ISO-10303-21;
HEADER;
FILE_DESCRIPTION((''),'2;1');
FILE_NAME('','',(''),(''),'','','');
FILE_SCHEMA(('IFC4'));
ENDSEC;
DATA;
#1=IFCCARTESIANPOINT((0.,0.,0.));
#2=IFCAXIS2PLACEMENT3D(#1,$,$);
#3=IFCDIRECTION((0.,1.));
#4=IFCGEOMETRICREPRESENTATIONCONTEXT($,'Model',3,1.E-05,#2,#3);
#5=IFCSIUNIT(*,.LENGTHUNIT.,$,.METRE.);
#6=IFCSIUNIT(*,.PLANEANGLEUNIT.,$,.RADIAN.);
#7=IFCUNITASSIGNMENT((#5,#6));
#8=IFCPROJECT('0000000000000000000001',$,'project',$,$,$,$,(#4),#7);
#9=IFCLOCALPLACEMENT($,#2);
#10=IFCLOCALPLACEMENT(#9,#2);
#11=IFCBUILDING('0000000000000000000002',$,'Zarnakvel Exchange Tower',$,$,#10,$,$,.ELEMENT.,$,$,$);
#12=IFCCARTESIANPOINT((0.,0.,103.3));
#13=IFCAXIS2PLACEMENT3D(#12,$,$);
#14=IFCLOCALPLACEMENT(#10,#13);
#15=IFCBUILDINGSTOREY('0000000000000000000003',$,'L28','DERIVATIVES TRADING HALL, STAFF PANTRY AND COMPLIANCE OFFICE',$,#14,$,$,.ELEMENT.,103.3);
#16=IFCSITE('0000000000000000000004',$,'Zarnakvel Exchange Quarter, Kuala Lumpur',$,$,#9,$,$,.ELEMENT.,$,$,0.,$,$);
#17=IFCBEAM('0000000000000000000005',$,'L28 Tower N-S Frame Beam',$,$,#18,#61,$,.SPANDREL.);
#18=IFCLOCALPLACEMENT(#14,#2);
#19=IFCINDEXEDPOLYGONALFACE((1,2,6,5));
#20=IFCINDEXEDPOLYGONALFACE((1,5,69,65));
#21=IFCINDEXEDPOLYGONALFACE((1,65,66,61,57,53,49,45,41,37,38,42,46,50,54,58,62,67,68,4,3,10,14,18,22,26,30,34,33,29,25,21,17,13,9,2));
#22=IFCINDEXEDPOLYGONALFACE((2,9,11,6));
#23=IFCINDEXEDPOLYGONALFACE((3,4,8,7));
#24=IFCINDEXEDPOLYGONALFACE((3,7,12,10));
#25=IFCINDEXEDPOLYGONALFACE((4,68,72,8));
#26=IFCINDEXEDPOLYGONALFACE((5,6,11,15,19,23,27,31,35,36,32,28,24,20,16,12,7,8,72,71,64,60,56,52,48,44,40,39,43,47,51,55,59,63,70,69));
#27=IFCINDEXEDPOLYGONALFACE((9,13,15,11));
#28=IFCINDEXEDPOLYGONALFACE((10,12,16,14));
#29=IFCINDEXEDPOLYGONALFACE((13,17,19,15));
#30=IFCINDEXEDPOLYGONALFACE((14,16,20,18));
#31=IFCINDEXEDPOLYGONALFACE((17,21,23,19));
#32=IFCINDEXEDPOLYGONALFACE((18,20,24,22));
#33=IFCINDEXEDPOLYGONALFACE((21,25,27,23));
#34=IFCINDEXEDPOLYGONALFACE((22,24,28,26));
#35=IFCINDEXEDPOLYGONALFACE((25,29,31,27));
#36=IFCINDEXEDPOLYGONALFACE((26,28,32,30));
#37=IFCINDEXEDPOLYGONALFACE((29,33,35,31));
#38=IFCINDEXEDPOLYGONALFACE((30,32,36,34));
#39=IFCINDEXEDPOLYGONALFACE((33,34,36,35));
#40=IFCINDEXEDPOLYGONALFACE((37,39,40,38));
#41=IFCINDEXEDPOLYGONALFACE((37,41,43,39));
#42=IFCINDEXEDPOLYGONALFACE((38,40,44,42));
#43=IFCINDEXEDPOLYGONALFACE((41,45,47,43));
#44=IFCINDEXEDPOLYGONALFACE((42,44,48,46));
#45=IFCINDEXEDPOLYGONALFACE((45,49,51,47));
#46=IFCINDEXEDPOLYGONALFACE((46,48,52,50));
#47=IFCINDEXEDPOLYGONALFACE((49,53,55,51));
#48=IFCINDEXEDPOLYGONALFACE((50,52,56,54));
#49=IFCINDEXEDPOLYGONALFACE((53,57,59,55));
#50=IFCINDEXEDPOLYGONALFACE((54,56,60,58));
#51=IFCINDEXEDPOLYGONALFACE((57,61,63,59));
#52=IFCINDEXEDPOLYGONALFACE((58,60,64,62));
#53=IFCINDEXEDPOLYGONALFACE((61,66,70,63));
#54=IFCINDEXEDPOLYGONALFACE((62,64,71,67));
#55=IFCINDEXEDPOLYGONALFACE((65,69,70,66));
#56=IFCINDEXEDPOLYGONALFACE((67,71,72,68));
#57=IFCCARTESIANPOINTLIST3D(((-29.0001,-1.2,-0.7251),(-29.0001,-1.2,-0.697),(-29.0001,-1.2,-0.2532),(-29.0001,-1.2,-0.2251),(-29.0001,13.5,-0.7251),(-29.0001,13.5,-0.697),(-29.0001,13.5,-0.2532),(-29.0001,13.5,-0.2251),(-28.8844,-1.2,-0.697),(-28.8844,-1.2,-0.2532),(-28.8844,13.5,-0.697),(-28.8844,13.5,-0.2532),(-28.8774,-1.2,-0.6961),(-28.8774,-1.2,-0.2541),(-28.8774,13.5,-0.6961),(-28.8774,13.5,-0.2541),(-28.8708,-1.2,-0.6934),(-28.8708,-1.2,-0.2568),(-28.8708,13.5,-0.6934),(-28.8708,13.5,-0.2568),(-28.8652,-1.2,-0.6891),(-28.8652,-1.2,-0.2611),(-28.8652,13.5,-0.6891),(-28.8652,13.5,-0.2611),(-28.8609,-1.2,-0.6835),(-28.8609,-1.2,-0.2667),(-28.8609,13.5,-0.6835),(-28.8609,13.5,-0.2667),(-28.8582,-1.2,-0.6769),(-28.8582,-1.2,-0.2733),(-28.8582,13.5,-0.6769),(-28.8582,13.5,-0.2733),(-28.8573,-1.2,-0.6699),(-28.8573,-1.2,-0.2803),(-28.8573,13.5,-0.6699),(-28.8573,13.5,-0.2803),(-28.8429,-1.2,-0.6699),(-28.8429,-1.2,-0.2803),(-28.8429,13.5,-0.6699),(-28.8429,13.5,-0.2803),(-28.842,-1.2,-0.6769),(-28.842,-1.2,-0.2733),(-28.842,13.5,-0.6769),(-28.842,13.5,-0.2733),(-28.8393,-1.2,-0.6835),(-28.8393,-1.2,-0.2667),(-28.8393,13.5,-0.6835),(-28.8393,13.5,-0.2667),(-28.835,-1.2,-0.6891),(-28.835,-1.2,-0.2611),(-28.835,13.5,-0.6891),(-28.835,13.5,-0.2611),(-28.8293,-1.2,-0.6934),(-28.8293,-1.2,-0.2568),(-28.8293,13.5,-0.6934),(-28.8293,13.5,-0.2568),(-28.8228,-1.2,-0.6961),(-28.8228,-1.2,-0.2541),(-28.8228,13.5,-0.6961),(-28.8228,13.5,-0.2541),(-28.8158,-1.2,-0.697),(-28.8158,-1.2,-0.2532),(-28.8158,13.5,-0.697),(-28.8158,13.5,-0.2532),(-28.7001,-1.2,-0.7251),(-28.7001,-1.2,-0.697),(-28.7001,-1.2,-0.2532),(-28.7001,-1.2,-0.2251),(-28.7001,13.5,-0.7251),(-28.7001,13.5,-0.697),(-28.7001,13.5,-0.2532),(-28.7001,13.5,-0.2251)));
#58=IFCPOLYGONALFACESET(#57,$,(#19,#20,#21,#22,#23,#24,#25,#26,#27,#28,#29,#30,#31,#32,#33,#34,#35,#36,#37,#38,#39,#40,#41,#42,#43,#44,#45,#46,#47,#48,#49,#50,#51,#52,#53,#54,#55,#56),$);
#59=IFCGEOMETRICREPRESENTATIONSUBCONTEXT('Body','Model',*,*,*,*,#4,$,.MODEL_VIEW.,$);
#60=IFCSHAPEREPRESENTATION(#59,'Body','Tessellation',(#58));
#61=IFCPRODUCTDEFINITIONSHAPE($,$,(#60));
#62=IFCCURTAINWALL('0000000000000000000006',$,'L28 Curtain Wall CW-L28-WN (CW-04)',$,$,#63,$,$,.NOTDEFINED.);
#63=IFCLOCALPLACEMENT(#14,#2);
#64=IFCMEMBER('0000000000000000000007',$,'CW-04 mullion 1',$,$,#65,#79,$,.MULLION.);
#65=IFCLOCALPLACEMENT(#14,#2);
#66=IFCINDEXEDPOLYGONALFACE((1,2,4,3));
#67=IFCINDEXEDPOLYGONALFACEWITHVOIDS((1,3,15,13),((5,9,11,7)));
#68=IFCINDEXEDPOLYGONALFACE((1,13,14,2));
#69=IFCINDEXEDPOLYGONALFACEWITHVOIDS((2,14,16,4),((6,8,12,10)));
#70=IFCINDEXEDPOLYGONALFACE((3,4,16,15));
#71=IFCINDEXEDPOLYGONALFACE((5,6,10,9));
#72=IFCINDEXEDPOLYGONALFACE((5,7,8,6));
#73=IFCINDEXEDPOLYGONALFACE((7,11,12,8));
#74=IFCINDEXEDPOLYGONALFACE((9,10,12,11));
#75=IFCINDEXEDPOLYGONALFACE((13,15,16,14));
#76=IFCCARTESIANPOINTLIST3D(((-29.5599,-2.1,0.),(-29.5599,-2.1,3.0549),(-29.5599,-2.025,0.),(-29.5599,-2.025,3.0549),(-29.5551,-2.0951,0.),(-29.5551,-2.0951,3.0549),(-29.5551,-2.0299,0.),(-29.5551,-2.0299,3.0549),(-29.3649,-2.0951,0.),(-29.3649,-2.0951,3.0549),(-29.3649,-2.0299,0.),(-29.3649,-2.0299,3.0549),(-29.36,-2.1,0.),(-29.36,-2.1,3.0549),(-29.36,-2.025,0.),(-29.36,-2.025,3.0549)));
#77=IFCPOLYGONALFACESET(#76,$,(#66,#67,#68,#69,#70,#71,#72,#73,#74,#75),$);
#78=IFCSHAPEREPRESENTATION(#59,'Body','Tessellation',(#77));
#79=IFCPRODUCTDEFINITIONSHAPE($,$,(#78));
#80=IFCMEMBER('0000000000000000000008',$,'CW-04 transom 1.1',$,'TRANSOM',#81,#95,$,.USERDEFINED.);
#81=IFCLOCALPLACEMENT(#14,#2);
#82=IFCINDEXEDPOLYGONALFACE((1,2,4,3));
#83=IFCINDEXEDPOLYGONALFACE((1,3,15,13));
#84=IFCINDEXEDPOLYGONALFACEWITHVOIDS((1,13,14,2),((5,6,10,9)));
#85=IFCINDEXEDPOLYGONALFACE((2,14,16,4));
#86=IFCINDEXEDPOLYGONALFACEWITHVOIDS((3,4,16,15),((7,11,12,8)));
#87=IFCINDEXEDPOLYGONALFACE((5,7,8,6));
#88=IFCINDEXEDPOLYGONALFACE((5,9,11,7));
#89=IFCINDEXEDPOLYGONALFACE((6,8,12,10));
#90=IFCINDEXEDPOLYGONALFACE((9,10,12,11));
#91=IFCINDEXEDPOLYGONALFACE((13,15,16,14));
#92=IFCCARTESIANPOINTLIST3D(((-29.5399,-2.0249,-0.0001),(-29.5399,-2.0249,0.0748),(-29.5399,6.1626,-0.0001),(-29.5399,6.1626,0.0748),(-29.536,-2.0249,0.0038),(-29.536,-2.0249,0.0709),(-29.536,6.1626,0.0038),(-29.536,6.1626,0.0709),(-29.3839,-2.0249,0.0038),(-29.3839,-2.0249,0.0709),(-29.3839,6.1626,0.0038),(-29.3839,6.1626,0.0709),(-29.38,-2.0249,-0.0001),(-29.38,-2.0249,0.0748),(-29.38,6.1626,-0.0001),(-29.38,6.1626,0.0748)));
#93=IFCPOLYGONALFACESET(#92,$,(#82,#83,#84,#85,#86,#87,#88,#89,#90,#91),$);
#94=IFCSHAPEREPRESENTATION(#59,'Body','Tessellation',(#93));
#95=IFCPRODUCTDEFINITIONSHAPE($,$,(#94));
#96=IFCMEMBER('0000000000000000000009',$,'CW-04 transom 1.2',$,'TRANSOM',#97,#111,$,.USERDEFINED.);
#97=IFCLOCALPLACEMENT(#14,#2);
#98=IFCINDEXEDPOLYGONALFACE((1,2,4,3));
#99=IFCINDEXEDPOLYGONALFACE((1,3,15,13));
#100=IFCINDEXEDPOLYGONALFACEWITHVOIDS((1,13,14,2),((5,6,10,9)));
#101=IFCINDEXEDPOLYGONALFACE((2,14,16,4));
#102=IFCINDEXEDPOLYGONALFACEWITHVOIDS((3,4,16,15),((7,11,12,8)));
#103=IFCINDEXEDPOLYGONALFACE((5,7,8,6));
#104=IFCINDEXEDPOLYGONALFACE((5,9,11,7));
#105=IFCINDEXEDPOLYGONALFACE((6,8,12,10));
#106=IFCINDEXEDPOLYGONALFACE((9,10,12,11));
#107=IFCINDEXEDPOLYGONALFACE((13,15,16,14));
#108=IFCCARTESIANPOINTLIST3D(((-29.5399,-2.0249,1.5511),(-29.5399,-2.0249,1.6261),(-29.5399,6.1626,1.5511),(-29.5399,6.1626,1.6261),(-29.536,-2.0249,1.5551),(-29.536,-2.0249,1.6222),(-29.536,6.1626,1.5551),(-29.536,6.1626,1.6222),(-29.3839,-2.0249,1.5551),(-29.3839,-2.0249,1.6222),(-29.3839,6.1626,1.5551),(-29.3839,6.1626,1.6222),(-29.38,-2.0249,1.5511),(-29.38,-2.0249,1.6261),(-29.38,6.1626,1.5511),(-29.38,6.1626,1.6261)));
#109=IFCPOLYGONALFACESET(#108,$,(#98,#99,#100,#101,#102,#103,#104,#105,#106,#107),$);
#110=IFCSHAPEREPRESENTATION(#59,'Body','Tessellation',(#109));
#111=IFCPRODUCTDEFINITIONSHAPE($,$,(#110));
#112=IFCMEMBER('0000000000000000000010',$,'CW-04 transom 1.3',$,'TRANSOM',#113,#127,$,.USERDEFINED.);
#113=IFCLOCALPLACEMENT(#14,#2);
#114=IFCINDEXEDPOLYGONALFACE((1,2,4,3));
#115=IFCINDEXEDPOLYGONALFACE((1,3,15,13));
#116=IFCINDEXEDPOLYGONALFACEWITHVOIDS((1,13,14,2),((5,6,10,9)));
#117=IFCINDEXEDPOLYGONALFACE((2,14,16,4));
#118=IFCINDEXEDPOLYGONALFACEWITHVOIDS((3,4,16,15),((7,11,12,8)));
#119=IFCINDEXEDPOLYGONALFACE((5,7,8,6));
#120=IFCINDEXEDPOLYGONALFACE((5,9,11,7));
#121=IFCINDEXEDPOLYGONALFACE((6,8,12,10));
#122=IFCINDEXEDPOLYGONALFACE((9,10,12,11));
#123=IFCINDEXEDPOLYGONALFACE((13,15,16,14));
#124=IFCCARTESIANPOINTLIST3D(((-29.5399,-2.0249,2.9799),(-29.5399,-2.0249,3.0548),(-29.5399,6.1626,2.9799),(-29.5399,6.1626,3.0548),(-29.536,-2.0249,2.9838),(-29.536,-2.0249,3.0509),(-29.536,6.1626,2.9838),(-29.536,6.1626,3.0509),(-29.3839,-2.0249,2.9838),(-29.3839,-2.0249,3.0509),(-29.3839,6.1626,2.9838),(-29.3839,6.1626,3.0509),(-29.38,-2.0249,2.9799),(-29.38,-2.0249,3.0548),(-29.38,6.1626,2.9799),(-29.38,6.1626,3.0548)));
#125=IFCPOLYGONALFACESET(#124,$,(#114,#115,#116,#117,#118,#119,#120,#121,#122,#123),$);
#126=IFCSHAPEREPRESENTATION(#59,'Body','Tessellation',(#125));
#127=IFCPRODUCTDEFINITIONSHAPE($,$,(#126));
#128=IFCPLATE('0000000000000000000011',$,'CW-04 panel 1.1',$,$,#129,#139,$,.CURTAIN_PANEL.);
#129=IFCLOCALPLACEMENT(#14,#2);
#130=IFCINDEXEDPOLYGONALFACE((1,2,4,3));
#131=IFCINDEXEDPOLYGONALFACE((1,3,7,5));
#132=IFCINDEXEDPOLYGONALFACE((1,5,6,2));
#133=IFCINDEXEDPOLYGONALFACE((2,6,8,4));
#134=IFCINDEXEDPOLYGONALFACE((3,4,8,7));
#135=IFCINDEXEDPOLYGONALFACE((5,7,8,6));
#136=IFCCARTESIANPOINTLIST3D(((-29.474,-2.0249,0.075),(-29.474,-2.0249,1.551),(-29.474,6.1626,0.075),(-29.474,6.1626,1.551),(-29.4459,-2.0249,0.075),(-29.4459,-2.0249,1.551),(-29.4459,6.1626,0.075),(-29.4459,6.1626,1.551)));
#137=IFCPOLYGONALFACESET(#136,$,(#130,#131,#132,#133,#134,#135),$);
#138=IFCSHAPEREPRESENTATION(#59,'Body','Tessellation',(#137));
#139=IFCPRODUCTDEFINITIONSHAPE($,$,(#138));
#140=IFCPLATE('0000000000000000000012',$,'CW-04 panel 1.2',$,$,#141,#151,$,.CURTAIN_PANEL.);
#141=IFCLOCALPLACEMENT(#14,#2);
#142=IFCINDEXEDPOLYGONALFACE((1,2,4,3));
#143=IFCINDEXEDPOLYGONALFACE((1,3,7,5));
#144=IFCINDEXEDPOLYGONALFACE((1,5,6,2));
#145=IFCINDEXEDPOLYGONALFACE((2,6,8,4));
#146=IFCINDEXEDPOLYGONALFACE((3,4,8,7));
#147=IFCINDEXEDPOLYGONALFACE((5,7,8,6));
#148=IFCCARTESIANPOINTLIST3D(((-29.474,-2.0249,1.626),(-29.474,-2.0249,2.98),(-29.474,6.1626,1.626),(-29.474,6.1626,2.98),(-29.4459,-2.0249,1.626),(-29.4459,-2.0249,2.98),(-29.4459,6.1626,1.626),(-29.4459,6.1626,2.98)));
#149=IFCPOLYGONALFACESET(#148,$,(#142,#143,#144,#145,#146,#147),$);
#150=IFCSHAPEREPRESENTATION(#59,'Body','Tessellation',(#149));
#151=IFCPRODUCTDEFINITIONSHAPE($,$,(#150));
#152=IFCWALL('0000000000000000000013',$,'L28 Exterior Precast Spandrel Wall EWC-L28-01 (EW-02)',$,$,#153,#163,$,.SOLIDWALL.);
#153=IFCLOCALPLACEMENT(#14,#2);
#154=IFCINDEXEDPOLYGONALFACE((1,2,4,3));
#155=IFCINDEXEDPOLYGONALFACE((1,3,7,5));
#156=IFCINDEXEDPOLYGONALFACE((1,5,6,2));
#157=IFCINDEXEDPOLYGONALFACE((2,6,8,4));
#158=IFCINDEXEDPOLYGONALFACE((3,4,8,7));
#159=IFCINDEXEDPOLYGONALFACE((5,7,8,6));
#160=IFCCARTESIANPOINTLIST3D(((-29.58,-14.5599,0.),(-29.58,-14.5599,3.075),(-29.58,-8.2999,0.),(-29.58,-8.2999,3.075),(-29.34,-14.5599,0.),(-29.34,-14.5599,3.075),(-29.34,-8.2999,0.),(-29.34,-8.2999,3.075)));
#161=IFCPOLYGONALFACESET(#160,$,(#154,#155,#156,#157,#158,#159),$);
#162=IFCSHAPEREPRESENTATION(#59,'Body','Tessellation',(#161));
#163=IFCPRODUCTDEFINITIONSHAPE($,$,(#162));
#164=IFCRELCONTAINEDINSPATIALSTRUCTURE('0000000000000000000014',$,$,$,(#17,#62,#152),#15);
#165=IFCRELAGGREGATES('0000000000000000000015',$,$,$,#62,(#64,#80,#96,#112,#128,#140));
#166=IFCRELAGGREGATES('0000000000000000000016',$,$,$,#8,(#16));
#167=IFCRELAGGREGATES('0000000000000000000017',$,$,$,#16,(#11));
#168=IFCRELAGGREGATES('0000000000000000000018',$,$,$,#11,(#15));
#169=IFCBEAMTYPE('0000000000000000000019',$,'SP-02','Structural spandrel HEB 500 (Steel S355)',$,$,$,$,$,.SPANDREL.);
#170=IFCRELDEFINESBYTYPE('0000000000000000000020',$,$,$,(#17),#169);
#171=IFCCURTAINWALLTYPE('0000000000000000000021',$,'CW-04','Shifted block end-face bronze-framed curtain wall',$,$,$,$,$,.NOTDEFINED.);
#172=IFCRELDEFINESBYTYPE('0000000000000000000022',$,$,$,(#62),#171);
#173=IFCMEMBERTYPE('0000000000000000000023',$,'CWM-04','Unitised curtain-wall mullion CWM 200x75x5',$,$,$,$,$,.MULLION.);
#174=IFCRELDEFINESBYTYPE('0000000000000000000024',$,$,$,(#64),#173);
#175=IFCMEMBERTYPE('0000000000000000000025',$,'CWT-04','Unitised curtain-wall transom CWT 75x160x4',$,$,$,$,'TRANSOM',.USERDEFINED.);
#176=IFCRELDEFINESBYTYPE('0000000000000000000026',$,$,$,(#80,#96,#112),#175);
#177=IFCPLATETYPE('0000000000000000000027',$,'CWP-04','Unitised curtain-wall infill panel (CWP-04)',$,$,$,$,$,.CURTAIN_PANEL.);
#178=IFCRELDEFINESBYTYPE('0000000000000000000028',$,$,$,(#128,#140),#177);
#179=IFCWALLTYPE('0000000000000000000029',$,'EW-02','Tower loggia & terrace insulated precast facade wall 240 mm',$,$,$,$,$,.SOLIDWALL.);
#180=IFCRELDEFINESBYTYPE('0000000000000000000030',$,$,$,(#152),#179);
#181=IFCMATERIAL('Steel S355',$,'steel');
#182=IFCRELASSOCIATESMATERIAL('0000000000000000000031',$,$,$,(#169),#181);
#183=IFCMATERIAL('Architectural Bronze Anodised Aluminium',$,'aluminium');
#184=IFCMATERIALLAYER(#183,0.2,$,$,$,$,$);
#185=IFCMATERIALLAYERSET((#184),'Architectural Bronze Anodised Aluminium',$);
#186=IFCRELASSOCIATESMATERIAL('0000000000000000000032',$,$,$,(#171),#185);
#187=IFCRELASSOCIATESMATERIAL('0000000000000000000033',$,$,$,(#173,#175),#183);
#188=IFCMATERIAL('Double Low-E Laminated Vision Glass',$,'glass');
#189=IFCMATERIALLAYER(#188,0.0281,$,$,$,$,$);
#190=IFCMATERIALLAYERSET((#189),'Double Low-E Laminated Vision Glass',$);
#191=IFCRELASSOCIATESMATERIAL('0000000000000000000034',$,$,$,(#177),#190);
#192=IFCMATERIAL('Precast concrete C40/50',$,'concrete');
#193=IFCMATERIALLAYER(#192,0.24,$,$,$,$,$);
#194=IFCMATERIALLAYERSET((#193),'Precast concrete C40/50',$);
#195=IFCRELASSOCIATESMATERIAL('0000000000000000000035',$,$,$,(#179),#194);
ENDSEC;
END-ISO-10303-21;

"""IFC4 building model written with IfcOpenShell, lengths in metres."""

from ifc_helpers import new_model, si_unit, direction, frame, frame_2d, origin, origin_2d, place, context, subcontext, project, spatial, rectangle, hollow_rectangle, i_section, extrude, source, transform, mapped, material, layer, layer_set, material_profile, profile_set, type_object, element, aggregate, save


model = new_model("IFC4")

# Units and contexts
model_context = context("Model", 3, precision=1e-05, world=origin(), true_north=direction((0.0, 1.0)))
body_context = subcontext(model_context, "Body", "Model", "MODEL_VIEW")
ifc_project = project(units=[si_unit("LENGTHUNIT", "METRE"), si_unit("PLANEANGLEUNIT", "RADIAN")], contexts=[model_context])

# Site, building, storey
site_placement = place(None, origin())
site = spatial("IfcSite", under=ifc_project, at=site_placement, Name="Zarnakvel Exchange Quarter, Kuala Lumpur", CompositionType="ELEMENT", RefElevation=0.0)
building_placement = place(site_placement, origin())
building = spatial("IfcBuilding", under=site, at=building_placement, Name="Zarnakvel Exchange Tower", CompositionType="ELEMENT")
storey_placement = place(building_placement, frame((0.0, 0.0, 103.3)))
storey = spatial("IfcBuildingStorey", under=building, at=storey_placement, Name="L28", Description="DERIVATIVES TRADING HALL, STAFF PANTRY AND COMPLIANCE OFFICE", CompositionType="ELEMENT", Elevation=103.3)

# Shared definitions
ifc_material_1 = material(Name="Steel S355", Category="steel")

# Beam
ifc_material_profile_1 = material_profile(ifc_material_1, i_section(OverallWidth=0.3, OverallDepth=0.5, WebThickness=0.0144, FlangeThickness=0.0281, FilletRadius=0.0271, at=origin_2d()))
ifc_profile_set_1 = profile_set([ifc_material_profile_1], Name="Steel S355")
beam_type_1 = type_object("IfcBeamType", Name="SP-02", Description="Structural spandrel HEB 500 (Steel S355)", PredefinedType="SPANDREL", material=ifc_profile_set_1)
beam_1_placement = place(storey_placement, frame((-28.8501, -1.2, -0.4751), z_axis=(0.0, 1.0, 0.0), x_axis=(-1.0, 0.0, 0.0)))
element("IfcBeam", 1, at=beam_1_placement, inside=storey, type_object=beam_type_1, Name="L28 Tower N-S Frame Beam", PredefinedType="SPANDREL", context=body_context, shape_type="SweptSolid", body=[
    extrude(i_section(OverallWidth=0.3, OverallDepth=0.5, WebThickness=0.0144, FlangeThickness=0.0281, FilletRadius=0.0271, at=origin_2d()), origin(), (0.0, 0.0, 1.0), 14.7),
])

# Curtain wall, members, plates
ifc_material_2 = material(Name="Architectural Bronze Anodised Aluminium", Category="aluminium")
ifc_layer_1 = layer(ifc_material_2, 0.2)
ifc_layer_set_1 = layer_set([ifc_layer_1], Name="Architectural Bronze Anodised Aluminium")
curtain_wall_type = type_object("IfcCurtainWallType", Name="CW-04", Description="Shifted block end-face bronze-framed curtain wall", PredefinedType="NOTDEFINED", material=ifc_layer_set_1)
curtain_wall_placement = place(storey_placement, origin())
curtain_wall = element("IfcCurtainWall", 2, at=curtain_wall_placement, inside=storey, type_object=curtain_wall_type, Name="L28 Curtain Wall CW-L28-WN (CW-04)", PredefinedType="NOTDEFINED")
ifc_material_profile_2 = material_profile(ifc_material_2, hollow_rectangle(XDim=0.2, YDim=0.075, WallThickness=0.0049, at=origin_2d()))
ifc_profile_set_2 = profile_set([ifc_material_profile_2], Name="Architectural Bronze Anodised Aluminium")
member_type_1 = type_object("IfcMemberType", Name="CWM-04", Description="Unitised curtain-wall mullion CWM 200x75x5", PredefinedType="MULLION", material=ifc_profile_set_2)
shared_shape_1 = source(origin(), body_context, "Body", "SweptSolid", [
    extrude(hollow_rectangle(XDim=0.2, YDim=0.075, WallThickness=0.0049, at=origin_2d()), origin(), (0.0, 0.0, 1.0), 3.0549),
])
member_1_placement = place(storey_placement, frame((-29.46, -2.0625, 0.0), z_axis=(0.0, 0.0, 1.0), x_axis=(-1.0, 0.0, 0.0)))
member_1 = element("IfcMember", 3, at=member_1_placement, type_object=member_type_1, Name="CW-04 mullion 1", PredefinedType="MULLION", context=body_context, shape_type="MappedRepresentation", body=[
    mapped(shared_shape_1, transform((0.0, 0.0, 0.0), x_axis=(1.0, 0.0, 0.0), y_axis=(0.0, 1.0, 0.0), z_axis=(0.0, 0.0, 1.0), scale=1.0)),
])
ifc_material_profile_3 = material_profile(ifc_material_2, hollow_rectangle(XDim=0.1599, YDim=0.075, WallThickness=0.0039, at=origin_2d()))
ifc_profile_set_3 = profile_set([ifc_material_profile_3], Name="Architectural Bronze Anodised Aluminium")
member_type_2 = type_object("IfcMemberType", Name="CWT-04", Description="Unitised curtain-wall transom CWT 75x160x4", ElementType="TRANSOM", PredefinedType="USERDEFINED", material=ifc_profile_set_3)
shared_shape_2 = source(origin(), body_context, "Body", "SweptSolid", [
    extrude(hollow_rectangle(XDim=0.1599, YDim=0.075, WallThickness=0.0039, at=origin_2d()), origin(), (0.0, 0.0, 1.0), 8.1875),
])
member_2_placement = place(storey_placement, frame((-29.46, -2.0249, 0.0374), z_axis=(0.0, 1.0, 0.0), x_axis=(-1.0, 0.0, 0.0)))
member_2 = element("IfcMember", 4, at=member_2_placement, type_object=member_type_2, Name="CW-04 transom 1.1", ObjectType="TRANSOM", PredefinedType="USERDEFINED", context=body_context, shape_type="MappedRepresentation", body=[
    mapped(shared_shape_2, transform((0.0, 0.0, 0.0), x_axis=(1.0, 0.0, 0.0), y_axis=(0.0, 1.0, 0.0), z_axis=(0.0, 0.0, 1.0), scale=1.0)),
])
member_3_placement = place(storey_placement, frame((-29.46, -2.0249, 1.5886), z_axis=(0.0, 1.0, 0.0), x_axis=(-1.0, 0.0, 0.0)))
member_3 = element("IfcMember", 5, at=member_3_placement, type_object=member_type_2, Name="CW-04 transom 1.2", ObjectType="TRANSOM", PredefinedType="USERDEFINED", context=body_context, shape_type="MappedRepresentation", body=[
    mapped(shared_shape_2, transform((0.0, 0.0, 0.0), x_axis=(1.0, 0.0, 0.0), y_axis=(0.0, 1.0, 0.0), z_axis=(0.0, 0.0, 1.0), scale=1.0)),
])
member_4_placement = place(storey_placement, frame((-29.46, -2.0249, 3.0173), z_axis=(0.0, 1.0, 0.0), x_axis=(-1.0, 0.0, 0.0)))
member_4 = element("IfcMember", 6, at=member_4_placement, type_object=member_type_2, Name="CW-04 transom 1.3", ObjectType="TRANSOM", PredefinedType="USERDEFINED", context=body_context, shape_type="MappedRepresentation", body=[
    mapped(shared_shape_2, transform((0.0, 0.0, 0.0), x_axis=(1.0, 0.0, 0.0), y_axis=(0.0, 1.0, 0.0), z_axis=(0.0, 0.0, 1.0), scale=1.0)),
])
ifc_material_3 = material(Name="Double Low-E Laminated Vision Glass", Category="glass")
ifc_layer_2 = layer(ifc_material_3, 0.0281)
ifc_layer_set_2 = layer_set([ifc_layer_2], Name="Double Low-E Laminated Vision Glass")
plate_type = type_object("IfcPlateType", Name="CWP-04", Description="Unitised curtain-wall infill panel (CWP-04)", PredefinedType="CURTAIN_PANEL", material=ifc_layer_set_2)
shared_shape_3 = source(origin(), body_context, "Body", "SweptSolid", [
    extrude(rectangle(XDim=8.1875, YDim=0.0281, at=origin_2d()), origin(), (0.0, 0.0, 1.0), 1.4761),
])
plate_1_placement = place(storey_placement, frame((-29.46, 2.0688, 0.075), z_axis=(0.0, 0.0, 1.0), x_axis=(0.0, 1.0, 0.0)))
plate_1 = element("IfcPlate", 7, at=plate_1_placement, type_object=plate_type, Name="CW-04 panel 1.1", PredefinedType="CURTAIN_PANEL", context=body_context, shape_type="MappedRepresentation", body=[
    mapped(shared_shape_3, transform((0.0, 0.0, 0.0), x_axis=(1.0, 0.0, 0.0), y_axis=(0.0, 1.0, 0.0), z_axis=(0.0, 0.0, 1.0), scale=1.0)),
])
shared_shape_4 = source(origin(), body_context, "Body", "SweptSolid", [
    extrude(rectangle(XDim=8.1875, YDim=0.0281, at=origin_2d()), origin(), (0.0, 0.0, 1.0), 1.354),
])
plate_2_placement = place(storey_placement, frame((-29.46, 2.0688, 1.626), z_axis=(0.0, 0.0, 1.0), x_axis=(0.0, 1.0, 0.0)))
plate_2 = element("IfcPlate", 8, at=plate_2_placement, type_object=plate_type, Name="CW-04 panel 1.2", PredefinedType="CURTAIN_PANEL", context=body_context, shape_type="MappedRepresentation", body=[
    mapped(shared_shape_4, transform((0.0, 0.0, 0.0), x_axis=(1.0, 0.0, 0.0), y_axis=(0.0, 1.0, 0.0), z_axis=(0.0, 0.0, 1.0), scale=1.0)),
])
aggregate(curtain_wall, [member_1, member_2, member_3, member_4, plate_1, plate_2])

# Wall
ifc_material_4 = material(Name="Precast concrete C40/50", Category="concrete")
ifc_layer_3 = layer(ifc_material_4, 0.24)
ifc_layer_set_3 = layer_set([ifc_layer_3], Name="Precast concrete C40/50")
wall_type_1 = type_object("IfcWallType", Name="EW-02", Description="Tower loggia & terrace insulated precast facade wall 240 mm", PredefinedType="SOLIDWALL", material=ifc_layer_set_3)
wall_1_placement = place(storey_placement, frame((-29.46, -8.3, 0.0), z_axis=(0.0, 0.0, 1.0), x_axis=(0.0, -1.0, 0.0)))
element("IfcWall", 9, at=wall_1_placement, inside=storey, type_object=wall_type_1, Name="L28 Exterior Precast Spandrel Wall EWC-L28-01 (EW-02)", PredefinedType="SOLIDWALL", context=body_context, shape_type="SweptSolid", body=[
    extrude(rectangle(XDim=6.26, YDim=0.24, at=frame_2d((3.1299, 0.0))), origin(), (0.0, 0.0, 1.0), 3.075),
])

save(model, "model.ifc")
